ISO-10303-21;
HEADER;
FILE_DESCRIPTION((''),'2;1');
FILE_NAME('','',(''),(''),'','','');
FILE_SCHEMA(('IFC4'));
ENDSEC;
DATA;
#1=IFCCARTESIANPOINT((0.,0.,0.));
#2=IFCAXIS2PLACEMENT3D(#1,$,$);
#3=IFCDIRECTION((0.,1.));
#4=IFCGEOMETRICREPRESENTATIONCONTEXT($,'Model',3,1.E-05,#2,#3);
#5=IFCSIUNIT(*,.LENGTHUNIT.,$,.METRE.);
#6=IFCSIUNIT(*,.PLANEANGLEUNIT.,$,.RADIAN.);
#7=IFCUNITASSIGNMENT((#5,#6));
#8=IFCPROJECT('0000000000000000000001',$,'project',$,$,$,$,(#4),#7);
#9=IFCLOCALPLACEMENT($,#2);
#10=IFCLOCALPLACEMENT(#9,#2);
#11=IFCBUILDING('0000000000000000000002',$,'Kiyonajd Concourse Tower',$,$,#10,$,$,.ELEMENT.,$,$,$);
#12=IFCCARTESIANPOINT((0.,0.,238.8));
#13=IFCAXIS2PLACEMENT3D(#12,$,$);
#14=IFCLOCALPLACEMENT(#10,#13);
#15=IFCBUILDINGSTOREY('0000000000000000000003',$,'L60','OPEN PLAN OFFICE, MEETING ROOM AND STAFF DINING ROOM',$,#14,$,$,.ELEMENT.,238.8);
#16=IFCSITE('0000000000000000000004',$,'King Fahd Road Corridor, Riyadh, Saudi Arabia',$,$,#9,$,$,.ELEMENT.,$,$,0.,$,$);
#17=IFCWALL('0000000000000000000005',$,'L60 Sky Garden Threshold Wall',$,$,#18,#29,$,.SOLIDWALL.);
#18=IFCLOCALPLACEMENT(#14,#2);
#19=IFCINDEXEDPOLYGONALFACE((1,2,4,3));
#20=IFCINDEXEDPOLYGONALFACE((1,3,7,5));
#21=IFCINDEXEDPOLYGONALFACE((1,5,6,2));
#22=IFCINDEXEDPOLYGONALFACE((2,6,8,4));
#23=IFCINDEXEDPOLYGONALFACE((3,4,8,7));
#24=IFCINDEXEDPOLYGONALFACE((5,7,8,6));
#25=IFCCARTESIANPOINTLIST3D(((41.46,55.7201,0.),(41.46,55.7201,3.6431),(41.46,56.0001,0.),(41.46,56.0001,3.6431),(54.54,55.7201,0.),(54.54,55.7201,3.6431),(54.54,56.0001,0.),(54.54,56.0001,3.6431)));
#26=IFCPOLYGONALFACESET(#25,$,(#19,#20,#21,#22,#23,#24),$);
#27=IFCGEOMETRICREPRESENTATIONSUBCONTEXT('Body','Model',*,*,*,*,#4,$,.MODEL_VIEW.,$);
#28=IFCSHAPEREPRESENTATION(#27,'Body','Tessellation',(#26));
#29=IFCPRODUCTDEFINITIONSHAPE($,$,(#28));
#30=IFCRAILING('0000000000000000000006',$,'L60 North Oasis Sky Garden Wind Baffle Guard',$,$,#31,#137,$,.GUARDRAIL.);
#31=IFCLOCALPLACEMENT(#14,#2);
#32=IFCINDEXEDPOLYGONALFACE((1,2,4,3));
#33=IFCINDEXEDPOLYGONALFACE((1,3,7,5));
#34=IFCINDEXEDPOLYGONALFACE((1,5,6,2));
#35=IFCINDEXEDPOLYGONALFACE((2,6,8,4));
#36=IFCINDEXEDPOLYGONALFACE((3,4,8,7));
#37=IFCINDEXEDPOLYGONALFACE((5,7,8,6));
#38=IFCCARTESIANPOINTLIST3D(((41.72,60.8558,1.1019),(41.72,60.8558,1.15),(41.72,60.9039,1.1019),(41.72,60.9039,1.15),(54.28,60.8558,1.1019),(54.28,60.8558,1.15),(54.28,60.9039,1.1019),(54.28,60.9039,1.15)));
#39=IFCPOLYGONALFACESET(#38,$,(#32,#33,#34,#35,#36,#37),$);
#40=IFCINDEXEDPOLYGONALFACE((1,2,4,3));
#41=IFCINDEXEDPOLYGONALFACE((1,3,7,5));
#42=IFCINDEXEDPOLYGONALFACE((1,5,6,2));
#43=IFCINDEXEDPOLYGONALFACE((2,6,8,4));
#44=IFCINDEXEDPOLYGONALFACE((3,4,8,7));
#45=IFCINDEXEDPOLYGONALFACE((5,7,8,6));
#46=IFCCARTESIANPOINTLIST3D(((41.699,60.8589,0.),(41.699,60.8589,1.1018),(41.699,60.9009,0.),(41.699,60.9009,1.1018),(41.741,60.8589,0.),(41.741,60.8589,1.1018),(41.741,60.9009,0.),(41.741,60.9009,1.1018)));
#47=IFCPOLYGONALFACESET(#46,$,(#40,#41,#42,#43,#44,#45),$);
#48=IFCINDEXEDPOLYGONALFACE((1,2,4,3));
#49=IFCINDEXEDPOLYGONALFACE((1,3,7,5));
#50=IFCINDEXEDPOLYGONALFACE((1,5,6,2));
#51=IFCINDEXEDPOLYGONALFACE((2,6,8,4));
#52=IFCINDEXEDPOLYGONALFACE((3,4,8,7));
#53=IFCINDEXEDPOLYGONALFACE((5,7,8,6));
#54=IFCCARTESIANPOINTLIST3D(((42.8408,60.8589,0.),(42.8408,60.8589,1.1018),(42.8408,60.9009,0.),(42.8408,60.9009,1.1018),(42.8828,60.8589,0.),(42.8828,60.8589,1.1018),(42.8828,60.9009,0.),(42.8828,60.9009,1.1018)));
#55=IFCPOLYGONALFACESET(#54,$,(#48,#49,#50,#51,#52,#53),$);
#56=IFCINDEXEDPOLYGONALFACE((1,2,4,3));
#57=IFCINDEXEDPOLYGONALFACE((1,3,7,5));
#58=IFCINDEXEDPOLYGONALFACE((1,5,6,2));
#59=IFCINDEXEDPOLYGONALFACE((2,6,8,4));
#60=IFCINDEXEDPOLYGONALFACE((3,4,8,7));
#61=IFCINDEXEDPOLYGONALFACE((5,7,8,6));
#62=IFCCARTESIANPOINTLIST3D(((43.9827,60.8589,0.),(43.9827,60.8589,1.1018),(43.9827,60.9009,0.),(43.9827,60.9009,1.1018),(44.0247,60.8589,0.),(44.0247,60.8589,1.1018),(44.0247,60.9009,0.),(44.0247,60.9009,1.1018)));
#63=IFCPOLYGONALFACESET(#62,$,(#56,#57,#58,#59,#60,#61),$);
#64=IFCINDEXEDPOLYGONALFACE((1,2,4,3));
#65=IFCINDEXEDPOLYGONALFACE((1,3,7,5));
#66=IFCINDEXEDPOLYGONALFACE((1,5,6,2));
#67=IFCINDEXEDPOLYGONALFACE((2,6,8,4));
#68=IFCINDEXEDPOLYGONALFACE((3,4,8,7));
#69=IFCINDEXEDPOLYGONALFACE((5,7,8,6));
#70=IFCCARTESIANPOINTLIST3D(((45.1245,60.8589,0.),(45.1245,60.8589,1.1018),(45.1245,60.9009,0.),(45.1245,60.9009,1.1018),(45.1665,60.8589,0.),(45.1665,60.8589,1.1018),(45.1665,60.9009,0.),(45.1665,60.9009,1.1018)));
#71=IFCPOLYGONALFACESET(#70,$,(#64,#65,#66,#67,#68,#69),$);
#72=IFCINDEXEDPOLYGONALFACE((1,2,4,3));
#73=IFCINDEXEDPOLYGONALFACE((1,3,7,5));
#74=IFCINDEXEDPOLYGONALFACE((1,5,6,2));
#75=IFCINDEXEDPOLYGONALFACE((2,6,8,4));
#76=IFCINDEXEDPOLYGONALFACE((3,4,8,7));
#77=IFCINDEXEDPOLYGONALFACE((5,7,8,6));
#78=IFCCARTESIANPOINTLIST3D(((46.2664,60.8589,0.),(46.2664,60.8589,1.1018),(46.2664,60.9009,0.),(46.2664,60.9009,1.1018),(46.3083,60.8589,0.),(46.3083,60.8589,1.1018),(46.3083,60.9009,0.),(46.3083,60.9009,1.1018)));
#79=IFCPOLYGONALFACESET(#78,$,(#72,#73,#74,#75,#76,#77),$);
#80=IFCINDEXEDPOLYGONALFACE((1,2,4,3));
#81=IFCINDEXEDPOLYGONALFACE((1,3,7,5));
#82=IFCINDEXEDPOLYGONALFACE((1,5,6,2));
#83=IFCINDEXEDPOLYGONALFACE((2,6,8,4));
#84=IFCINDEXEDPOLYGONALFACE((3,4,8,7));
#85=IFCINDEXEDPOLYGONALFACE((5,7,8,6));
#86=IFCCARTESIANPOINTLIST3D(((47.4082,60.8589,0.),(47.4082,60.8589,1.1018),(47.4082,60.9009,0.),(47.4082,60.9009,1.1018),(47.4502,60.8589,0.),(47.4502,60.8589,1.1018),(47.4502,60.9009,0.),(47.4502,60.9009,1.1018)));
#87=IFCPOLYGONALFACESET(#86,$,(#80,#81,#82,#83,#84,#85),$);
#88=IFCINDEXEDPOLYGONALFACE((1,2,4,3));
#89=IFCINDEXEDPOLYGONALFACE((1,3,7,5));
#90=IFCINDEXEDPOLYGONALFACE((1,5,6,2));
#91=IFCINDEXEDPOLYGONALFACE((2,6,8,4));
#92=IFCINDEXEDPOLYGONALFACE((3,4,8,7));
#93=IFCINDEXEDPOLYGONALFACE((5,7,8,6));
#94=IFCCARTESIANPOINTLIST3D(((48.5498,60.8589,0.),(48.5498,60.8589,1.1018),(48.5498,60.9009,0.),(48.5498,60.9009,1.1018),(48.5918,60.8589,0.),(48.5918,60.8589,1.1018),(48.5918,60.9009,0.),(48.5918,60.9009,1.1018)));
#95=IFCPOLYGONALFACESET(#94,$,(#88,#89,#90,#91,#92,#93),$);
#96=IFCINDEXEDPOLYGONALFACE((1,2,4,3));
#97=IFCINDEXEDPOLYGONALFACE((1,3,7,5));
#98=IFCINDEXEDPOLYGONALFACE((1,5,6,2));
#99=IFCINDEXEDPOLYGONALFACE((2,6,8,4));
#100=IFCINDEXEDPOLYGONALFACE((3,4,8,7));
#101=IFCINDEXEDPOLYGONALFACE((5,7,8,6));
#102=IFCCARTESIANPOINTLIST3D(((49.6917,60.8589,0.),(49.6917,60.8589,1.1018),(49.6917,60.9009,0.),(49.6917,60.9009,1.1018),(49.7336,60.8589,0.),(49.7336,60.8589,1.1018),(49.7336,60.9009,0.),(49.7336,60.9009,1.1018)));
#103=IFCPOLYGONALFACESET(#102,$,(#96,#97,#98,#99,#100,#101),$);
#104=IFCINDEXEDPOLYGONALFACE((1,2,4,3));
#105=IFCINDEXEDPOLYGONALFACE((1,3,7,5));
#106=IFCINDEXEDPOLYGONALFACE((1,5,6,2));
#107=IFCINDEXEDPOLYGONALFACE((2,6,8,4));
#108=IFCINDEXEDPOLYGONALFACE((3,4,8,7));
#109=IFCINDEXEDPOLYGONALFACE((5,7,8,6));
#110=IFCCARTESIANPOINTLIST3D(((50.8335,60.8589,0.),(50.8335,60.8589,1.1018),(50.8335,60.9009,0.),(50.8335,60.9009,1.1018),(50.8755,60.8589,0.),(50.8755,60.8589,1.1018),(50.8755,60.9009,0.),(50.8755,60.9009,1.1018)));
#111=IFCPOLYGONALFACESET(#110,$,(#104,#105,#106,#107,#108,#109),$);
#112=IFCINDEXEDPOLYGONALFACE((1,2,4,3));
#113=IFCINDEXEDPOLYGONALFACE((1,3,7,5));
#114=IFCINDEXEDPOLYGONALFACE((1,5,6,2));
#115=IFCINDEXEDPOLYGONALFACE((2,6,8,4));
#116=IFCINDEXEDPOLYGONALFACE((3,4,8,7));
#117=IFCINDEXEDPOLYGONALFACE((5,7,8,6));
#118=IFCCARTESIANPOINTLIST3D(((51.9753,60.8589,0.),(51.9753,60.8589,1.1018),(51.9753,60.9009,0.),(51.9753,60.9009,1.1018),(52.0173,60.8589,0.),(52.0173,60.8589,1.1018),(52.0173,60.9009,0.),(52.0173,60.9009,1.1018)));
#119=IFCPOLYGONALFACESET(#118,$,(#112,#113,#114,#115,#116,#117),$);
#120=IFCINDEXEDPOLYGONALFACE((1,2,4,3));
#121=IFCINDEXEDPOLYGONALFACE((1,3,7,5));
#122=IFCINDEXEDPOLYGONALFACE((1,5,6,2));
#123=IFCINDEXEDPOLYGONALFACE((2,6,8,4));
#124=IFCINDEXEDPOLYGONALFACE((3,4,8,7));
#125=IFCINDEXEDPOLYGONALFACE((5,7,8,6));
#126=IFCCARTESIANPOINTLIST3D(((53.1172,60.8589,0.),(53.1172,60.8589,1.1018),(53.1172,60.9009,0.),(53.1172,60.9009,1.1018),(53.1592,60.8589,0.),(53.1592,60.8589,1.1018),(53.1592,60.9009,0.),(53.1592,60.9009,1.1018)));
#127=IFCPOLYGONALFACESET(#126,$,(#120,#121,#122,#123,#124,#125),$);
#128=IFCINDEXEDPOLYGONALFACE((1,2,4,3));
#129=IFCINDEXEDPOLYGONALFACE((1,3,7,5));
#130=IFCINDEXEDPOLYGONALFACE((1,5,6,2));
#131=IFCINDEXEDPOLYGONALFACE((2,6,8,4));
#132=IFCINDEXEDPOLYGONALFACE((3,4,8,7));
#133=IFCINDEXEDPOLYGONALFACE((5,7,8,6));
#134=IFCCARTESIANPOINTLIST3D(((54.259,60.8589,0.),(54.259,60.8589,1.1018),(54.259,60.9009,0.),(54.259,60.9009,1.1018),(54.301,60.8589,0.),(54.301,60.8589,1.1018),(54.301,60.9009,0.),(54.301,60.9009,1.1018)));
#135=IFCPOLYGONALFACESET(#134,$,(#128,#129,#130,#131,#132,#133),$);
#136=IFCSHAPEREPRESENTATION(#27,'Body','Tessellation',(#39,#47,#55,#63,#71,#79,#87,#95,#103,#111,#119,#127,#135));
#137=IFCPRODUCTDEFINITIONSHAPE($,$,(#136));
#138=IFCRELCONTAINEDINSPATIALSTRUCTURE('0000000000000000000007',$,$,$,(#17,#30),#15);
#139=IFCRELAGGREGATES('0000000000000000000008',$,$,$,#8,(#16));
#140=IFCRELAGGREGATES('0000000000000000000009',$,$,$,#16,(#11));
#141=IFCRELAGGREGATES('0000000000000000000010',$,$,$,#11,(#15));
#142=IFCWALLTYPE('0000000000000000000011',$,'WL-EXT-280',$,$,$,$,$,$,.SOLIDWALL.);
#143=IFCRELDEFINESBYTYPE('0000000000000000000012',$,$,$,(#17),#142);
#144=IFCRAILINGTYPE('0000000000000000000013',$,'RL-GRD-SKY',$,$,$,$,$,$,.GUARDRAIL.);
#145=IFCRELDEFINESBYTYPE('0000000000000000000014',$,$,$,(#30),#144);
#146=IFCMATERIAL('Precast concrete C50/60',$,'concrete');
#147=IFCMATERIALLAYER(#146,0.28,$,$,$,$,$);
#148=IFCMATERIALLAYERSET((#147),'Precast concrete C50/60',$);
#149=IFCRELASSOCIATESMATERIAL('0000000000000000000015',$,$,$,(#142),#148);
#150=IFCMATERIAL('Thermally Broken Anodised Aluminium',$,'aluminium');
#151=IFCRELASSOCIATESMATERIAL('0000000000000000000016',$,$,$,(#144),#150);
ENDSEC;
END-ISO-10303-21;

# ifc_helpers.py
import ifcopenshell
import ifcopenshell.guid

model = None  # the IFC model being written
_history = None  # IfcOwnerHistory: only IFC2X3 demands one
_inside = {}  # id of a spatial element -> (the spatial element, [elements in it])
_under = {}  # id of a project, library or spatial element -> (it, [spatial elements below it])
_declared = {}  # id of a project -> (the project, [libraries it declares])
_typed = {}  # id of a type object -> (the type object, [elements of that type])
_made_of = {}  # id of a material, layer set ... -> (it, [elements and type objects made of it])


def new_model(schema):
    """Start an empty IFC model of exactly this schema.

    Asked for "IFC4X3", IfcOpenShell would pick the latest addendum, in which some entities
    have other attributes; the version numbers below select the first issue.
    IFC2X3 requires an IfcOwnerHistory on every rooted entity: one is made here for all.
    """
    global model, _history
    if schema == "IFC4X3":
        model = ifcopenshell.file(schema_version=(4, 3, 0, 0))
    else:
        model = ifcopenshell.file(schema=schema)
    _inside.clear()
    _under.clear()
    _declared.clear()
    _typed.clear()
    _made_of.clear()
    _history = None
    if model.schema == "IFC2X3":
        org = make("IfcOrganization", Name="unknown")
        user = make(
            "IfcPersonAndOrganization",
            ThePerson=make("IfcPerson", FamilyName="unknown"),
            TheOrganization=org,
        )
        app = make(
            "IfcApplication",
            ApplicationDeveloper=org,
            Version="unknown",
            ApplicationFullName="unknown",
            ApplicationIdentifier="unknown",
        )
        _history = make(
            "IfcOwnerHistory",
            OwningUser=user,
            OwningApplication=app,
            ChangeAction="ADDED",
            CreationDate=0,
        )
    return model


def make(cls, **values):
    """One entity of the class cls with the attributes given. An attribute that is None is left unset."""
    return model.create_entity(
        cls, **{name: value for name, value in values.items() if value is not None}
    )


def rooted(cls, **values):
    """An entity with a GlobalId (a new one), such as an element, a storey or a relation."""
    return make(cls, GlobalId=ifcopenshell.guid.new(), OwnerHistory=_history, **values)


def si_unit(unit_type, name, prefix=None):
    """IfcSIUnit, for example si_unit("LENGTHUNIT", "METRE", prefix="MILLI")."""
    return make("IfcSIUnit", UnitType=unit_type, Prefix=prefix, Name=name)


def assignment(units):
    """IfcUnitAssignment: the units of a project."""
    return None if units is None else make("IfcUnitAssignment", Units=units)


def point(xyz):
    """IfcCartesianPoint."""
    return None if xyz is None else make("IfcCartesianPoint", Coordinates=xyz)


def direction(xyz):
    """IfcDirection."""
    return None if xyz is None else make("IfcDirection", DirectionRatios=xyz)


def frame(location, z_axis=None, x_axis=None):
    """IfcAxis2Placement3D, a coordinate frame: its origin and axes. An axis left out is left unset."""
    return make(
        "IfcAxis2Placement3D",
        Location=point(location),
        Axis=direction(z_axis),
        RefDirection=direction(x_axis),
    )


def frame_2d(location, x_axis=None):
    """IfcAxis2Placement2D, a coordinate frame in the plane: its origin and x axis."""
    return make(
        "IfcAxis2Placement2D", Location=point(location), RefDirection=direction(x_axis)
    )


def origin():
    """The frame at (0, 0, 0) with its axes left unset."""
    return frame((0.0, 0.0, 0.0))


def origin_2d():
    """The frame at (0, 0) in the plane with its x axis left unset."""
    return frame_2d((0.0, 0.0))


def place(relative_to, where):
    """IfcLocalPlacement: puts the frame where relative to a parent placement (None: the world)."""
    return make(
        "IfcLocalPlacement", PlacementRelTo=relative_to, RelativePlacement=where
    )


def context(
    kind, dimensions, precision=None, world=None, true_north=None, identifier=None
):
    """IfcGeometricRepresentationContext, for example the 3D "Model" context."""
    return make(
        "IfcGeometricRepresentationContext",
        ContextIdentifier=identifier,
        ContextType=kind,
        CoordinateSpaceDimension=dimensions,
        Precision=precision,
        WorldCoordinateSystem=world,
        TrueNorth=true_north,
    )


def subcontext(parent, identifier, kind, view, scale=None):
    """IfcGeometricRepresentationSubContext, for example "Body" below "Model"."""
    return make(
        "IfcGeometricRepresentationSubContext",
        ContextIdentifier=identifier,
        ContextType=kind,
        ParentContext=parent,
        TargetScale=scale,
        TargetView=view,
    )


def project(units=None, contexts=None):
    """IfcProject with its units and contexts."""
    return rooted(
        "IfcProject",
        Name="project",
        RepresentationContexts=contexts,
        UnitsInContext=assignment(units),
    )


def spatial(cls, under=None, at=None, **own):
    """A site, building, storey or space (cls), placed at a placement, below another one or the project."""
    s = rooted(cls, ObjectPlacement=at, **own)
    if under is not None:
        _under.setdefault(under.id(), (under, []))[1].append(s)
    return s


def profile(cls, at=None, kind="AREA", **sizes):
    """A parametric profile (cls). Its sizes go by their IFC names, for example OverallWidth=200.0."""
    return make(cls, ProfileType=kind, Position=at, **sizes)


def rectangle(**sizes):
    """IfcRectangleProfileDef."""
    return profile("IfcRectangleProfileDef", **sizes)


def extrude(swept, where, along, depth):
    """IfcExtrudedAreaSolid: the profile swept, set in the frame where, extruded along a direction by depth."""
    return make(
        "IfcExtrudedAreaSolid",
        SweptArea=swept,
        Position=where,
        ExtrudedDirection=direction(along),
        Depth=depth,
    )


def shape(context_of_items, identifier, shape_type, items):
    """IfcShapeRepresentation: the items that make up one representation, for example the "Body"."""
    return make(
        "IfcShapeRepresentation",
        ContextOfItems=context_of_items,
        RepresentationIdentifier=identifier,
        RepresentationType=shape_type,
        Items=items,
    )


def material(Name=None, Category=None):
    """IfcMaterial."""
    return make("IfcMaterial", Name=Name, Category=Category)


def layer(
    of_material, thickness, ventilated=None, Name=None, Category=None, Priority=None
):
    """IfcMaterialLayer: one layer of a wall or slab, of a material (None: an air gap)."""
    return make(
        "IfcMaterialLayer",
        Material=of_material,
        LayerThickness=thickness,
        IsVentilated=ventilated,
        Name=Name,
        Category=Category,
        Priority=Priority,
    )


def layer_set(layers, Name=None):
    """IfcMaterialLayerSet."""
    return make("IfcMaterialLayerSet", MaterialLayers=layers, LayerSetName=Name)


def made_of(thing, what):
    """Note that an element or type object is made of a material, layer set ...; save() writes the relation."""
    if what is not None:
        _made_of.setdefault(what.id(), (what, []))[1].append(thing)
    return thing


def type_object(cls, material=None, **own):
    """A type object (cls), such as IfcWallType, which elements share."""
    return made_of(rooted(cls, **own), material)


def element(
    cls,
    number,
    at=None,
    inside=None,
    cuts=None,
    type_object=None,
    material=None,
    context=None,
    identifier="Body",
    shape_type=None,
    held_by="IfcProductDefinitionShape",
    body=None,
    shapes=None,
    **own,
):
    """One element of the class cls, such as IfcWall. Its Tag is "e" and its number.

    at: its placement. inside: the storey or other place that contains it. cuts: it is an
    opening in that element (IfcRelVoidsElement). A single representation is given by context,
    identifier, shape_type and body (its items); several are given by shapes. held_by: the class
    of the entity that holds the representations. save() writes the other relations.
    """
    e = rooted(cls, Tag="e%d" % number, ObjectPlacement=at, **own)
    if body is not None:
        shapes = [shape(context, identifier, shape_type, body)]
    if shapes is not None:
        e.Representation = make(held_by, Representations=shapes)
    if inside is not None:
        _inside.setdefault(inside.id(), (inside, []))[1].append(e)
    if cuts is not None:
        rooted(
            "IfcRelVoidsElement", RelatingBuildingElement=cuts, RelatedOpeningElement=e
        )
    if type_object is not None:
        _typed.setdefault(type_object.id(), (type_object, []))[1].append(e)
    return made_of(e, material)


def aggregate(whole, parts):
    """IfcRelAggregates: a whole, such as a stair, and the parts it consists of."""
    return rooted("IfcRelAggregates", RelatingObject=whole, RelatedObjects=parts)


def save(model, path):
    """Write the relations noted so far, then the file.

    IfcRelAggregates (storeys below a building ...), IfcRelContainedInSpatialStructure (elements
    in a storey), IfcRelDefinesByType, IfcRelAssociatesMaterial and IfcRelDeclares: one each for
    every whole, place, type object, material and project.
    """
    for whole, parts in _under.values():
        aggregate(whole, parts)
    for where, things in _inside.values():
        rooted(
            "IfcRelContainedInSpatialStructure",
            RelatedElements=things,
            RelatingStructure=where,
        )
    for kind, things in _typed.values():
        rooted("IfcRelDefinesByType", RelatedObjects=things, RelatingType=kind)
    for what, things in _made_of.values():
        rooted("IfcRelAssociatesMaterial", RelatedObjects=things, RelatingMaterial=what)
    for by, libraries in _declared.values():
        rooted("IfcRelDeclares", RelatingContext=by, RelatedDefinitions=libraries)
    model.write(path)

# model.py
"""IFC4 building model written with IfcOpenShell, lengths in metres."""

from ifc_helpers import new_model, si_unit, direction, frame, frame_2d, origin, origin_2d, place, context, subcontext, project, spatial, rectangle, extrude, material, layer, layer_set, type_object, element, save


model = new_model("IFC4")

# Units and contexts
model_context = context("Model", 3, precision=1e-05, world=origin(), true_north=direction((0.0, 1.0)))
body_context = subcontext(model_context, "Body", "Model", "MODEL_VIEW")
ifc_project = project(units=[si_unit("LENGTHUNIT", "METRE"), si_unit("PLANEANGLEUNIT", "RADIAN")], contexts=[model_context])

# Site, building, storey
site_placement = place(None, origin())
site = spatial("IfcSite", under=ifc_project, at=site_placement, Name="King Fahd Road Corridor, Riyadh, Saudi Arabia", CompositionType="ELEMENT", RefElevation=0.0)
building_placement = place(site_placement, origin())
building = spatial("IfcBuilding", under=site, at=building_placement, Name="Kiyonajd Concourse Tower", CompositionType="ELEMENT")
storey_placement = place(building_placement, frame((0.0, 0.0, 238.8)))
storey = spatial("IfcBuildingStorey", under=building, at=storey_placement, Name="L60", Description="OPEN PLAN OFFICE, MEETING ROOM AND STAFF DINING ROOM", CompositionType="ELEMENT", Elevation=238.8)

# Shared definitions
ifc_material_1 = material(Name="Thermally Broken Anodised Aluminium", Category="aluminium")

# Shared definitions
ifc_material_2 = material(Name="Precast concrete C50/60", Category="concrete")
ifc_layer_1 = layer(ifc_material_2, 0.28)
ifc_layer_set_1 = layer_set([ifc_layer_1], Name="Precast concrete C50/60")
wall_type = type_object("IfcWallType", Name="WL-EXT-280", PredefinedType="SOLIDWALL", material=ifc_layer_set_1)

# Wall
wall_1_placement = place(storey_placement, frame((41.46, 55.8601, 0.0), z_axis=(0.0, 0.0, 1.0), x_axis=(1.0, 0.0, 0.0)))
element("IfcWall", 1, at=wall_1_placement, inside=storey, type_object=wall_type, Name="L60 Sky Garden Threshold Wall", PredefinedType="SOLIDWALL", context=body_context, shape_type="SweptSolid", body=[
    extrude(rectangle(XDim=13.0801, YDim=0.28, at=frame_2d((6.54, 0.0))), origin(), (0.0, 0.0, 1.0), 3.6431),
])

# Railing
railing_type = type_object("IfcRailingType", Name="RL-GRD-SKY", PredefinedType="GUARDRAIL", material=ifc_material_1)
railing_placement = place(storey_placement, frame((41.72, 60.8799, 0.0)))
element("IfcRailing", 2, at=railing_placement, inside=storey, type_object=railing_type, Name="L60 North Oasis Sky Garden Wind Baffle Guard", PredefinedType="GUARDRAIL", context=body_context, shape_type="SweptSolid", body=[
    extrude(rectangle(XDim=0.0481, YDim=0.0481, at=origin_2d()), frame((0.0, 0.0, 1.126), z_axis=(1.0, 0.0, 0.0), x_axis=(0.0, 1.0, 0.0)), (0.0, 0.0, 1.0), 12.5601),
    extrude(rectangle(XDim=0.042, YDim=0.042, at=origin_2d()), origin(), (0.0, 0.0, 1.0), 1.1018),
    extrude(rectangle(XDim=0.042, YDim=0.042, at=origin_2d()), frame((1.1418, 0.0, 0.0)), (0.0, 0.0, 1.0), 1.1018),
    extrude(rectangle(XDim=0.042, YDim=0.042, at=origin_2d()), frame((2.2837, 0.0, 0.0)), (0.0, 0.0, 1.0), 1.1018),
    extrude(rectangle(XDim=0.042, YDim=0.042, at=origin_2d()), frame((3.4255, 0.0, 0.0)), (0.0, 0.0, 1.0), 1.1018),
    extrude(rectangle(XDim=0.042, YDim=0.042, at=origin_2d()), frame((4.5674, 0.0, 0.0)), (0.0, 0.0, 1.0), 1.1018),
    extrude(rectangle(XDim=0.042, YDim=0.042, at=origin_2d()), frame((5.7092, 0.0, 0.0)), (0.0, 0.0, 1.0), 1.1018),
    extrude(rectangle(XDim=0.042, YDim=0.042, at=origin_2d()), frame((6.8508, 0.0, 0.0)), (0.0, 0.0, 1.0), 1.1018),
    extrude(rectangle(XDim=0.042, YDim=0.042, at=origin_2d()), frame((7.9927, 0.0, 0.0)), (0.0, 0.0, 1.0), 1.1018),
    extrude(rectangle(XDim=0.042, YDim=0.042, at=origin_2d()), frame((9.1345, 0.0, 0.0)), (0.0, 0.0, 1.0), 1.1018),
    extrude(rectangle(XDim=0.042, YDim=0.042, at=origin_2d()), frame((10.2764, 0.0, 0.0)), (0.0, 0.0, 1.0), 1.1018),
    extrude(rectangle(XDim=0.042, YDim=0.042, at=origin_2d()), frame((11.4182, 0.0, 0.0)), (0.0, 0.0, 1.0), 1.1018),
    extrude(rectangle(XDim=0.042, YDim=0.042, at=origin_2d()), frame((12.5601, 0.0, 0.0)), (0.0, 0.0, 1.0), 1.1018),
])

save(model, "model.ifc")
